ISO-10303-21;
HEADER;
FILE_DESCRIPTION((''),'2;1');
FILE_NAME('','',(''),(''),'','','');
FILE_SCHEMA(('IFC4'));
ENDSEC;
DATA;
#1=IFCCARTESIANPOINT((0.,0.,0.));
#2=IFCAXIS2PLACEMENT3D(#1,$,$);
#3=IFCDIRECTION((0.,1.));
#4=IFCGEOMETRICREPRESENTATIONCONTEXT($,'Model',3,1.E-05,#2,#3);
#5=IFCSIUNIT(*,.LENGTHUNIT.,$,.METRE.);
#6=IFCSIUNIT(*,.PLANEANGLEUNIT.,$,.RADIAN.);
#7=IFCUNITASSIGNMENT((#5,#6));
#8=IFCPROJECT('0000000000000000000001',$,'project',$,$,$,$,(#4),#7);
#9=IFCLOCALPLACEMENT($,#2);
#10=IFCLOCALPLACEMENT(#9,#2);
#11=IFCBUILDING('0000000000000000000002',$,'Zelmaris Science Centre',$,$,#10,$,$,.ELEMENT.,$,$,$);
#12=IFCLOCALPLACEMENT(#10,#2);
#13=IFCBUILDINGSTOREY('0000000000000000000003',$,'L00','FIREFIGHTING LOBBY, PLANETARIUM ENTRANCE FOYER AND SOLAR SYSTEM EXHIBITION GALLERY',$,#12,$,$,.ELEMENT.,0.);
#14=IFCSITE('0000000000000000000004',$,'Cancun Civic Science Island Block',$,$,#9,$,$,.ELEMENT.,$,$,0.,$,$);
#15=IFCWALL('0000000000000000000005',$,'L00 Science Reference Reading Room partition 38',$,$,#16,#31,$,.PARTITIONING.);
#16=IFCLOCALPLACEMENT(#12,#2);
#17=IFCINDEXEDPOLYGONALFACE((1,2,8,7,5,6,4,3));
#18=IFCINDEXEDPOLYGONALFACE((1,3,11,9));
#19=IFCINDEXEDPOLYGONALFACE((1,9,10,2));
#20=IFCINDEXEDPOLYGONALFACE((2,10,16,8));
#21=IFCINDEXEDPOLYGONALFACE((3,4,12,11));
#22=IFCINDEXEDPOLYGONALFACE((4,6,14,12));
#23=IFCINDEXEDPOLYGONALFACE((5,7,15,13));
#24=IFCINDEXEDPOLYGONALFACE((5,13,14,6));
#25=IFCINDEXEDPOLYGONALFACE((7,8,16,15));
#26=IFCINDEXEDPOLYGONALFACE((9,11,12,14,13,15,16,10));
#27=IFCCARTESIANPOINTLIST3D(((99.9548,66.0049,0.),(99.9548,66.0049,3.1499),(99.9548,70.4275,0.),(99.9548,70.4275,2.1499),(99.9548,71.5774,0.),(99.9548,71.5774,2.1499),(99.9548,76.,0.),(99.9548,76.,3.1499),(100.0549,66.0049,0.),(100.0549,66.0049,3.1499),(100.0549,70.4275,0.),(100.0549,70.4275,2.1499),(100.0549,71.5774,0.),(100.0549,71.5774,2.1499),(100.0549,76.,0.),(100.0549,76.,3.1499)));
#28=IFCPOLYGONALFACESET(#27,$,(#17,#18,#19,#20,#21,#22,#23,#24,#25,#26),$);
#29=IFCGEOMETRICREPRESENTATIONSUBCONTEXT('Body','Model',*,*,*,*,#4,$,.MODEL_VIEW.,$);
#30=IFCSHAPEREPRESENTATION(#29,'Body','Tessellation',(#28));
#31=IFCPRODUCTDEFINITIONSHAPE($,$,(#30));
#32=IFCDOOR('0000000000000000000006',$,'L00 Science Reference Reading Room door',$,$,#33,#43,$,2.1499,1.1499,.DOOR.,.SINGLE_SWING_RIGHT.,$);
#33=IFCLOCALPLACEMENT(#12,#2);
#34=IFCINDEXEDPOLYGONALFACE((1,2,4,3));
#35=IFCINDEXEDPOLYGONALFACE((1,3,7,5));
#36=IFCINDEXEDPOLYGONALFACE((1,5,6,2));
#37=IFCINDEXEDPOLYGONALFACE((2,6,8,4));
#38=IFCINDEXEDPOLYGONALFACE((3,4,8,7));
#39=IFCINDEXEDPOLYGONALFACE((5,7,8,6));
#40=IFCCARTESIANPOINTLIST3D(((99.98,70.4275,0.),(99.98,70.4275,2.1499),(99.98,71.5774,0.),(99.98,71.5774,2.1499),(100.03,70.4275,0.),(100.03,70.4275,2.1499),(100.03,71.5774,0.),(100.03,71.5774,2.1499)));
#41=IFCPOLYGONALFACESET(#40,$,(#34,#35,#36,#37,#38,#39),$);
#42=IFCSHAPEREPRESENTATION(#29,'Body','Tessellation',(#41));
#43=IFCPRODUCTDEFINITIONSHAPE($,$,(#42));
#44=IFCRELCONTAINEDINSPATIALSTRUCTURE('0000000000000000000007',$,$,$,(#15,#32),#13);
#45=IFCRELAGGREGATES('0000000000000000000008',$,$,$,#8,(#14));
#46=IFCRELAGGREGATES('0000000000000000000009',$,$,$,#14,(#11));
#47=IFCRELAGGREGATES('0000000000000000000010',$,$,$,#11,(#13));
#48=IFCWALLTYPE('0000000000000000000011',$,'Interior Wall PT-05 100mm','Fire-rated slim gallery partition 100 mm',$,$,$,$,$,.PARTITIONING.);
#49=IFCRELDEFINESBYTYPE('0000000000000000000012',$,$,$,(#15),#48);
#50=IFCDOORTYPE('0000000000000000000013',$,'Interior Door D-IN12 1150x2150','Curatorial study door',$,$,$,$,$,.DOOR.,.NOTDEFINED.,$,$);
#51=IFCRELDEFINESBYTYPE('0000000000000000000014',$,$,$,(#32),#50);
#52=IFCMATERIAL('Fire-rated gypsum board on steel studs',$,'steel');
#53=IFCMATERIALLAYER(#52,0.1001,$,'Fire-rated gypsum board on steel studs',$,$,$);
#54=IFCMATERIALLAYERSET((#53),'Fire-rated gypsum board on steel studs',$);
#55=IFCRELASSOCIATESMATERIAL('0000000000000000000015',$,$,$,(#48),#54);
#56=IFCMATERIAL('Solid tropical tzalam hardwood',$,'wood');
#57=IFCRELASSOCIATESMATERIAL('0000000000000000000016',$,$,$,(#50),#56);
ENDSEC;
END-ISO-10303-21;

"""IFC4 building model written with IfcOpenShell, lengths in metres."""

from ifc_helpers import new_model, si_unit, direction, frame, frame_2d, origin, place, context, subcontext, project, spatial, rectangle, extrude, material, layer, layer_set, type_object, element, fill, save


model = new_model("IFC4")

# Units and contexts
model_context = context("Model", 3, precision=1e-05, world=origin(), true_north=direction((0.0, 1.0)))
body_context = subcontext(model_context, "Body", "Model", "MODEL_VIEW")
ifc_project = project(units=[si_unit("LENGTHUNIT", "METRE"), si_unit("PLANEANGLEUNIT", "RADIAN")], contexts=[model_context])

# Site, building, storey
site_placement = place(None, origin())
site = spatial("IfcSite", under=ifc_project, at=site_placement, Name="Cancun Civic Science Island Block", CompositionType="ELEMENT", RefElevation=0.0)
building_placement = place(site_placement, origin())
building = spatial("IfcBuilding", under=site, at=building_placement, Name="Zelmaris Science Centre", CompositionType="ELEMENT")
storey_placement = place(building_placement, origin())
storey = spatial("IfcBuildingStorey", under=building, at=storey_placement, Name="L00", Description="FIREFIGHTING LOBBY, PLANETARIUM ENTRANCE FOYER AND SOLAR SYSTEM EXHIBITION GALLERY", CompositionType="ELEMENT", Elevation=0.0)

# Wall, opening, door
ifc_material_1 = material(Name="Fire-rated gypsum board on steel studs", Category="steel")
ifc_layer_1 = layer(ifc_material_1, 0.1001, Name="Fire-rated gypsum board on steel studs")
ifc_layer_set_1 = layer_set([ifc_layer_1], Name="Fire-rated gypsum board on steel studs")
wall_type = type_object("IfcWallType", Name="Interior Wall PT-05 100mm", Description="Fire-rated slim gallery partition 100 mm", PredefinedType="PARTITIONING", material=ifc_layer_set_1)
wall_placement = place(storey_placement, frame((100.0049, 66.0049, 0.0), z_axis=(0.0, 0.0, 1.0), x_axis=(0.0, 1.0, 0.0)))
wall = element("IfcWall", 1, at=wall_placement, inside=storey, type_object=wall_type, Name="L00 Science Reference Reading Room partition 38", PredefinedType="PARTITIONING", context=body_context, shape_type="SweptSolid", body=[
    extrude(rectangle(XDim=9.9951, YDim=0.1001, at=frame_2d((4.9976, 0.0))), origin(), (0.0, 0.0, 1.0), 3.1499),
])
opening_placement = place(wall_placement, frame((4.4226, 0.0, 0.0)))
opening = element("IfcOpeningElement", 2, at=opening_placement, cuts=wall, PredefinedType="OPENING", context=body_context, shape_type="SweptSolid", body=[
    extrude(rectangle(XDim=1.1499, YDim=2.1499, at=frame_2d((0.575, 1.075))), frame((0.0, 0.0601, 0.0), z_axis=(0.0, -1.0, 0.0), x_axis=(1.0, 0.0, 0.0)), (0.0, 0.0, 1.0), 0.1201),
])
ifc_material_2 = material(Name="Solid tropical tzalam hardwood", Category="wood")
door_type = type_object("IfcDoorType", Name="Interior Door D-IN12 1150x2150", Description="Curatorial study door", OperationType="NOTDEFINED", PredefinedType="DOOR", material=ifc_material_2)
door_placement = place(opening_placement, origin())
door = element("IfcDoor", 3, at=door_placement, inside=storey, type_object=door_type, Name="L00 Science Reference Reading Room door", OperationType="SINGLE_SWING_RIGHT", OverallHeight=2.1499, OverallWidth=1.1499, PredefinedType="DOOR", context=body_context, shape_type="SweptSolid", body=[
    extrude(rectangle(XDim=1.1499, YDim=2.1499, at=frame_2d((0.575, 1.075))), frame((0.0, 0.0249, 0.0), z_axis=(0.0, -1.0, 0.0), x_axis=(1.0, 0.0, 0.0)), (0.0, 0.0, 1.0), 0.05),
])
fill(opening, door)

save(model, "model.ifc")
